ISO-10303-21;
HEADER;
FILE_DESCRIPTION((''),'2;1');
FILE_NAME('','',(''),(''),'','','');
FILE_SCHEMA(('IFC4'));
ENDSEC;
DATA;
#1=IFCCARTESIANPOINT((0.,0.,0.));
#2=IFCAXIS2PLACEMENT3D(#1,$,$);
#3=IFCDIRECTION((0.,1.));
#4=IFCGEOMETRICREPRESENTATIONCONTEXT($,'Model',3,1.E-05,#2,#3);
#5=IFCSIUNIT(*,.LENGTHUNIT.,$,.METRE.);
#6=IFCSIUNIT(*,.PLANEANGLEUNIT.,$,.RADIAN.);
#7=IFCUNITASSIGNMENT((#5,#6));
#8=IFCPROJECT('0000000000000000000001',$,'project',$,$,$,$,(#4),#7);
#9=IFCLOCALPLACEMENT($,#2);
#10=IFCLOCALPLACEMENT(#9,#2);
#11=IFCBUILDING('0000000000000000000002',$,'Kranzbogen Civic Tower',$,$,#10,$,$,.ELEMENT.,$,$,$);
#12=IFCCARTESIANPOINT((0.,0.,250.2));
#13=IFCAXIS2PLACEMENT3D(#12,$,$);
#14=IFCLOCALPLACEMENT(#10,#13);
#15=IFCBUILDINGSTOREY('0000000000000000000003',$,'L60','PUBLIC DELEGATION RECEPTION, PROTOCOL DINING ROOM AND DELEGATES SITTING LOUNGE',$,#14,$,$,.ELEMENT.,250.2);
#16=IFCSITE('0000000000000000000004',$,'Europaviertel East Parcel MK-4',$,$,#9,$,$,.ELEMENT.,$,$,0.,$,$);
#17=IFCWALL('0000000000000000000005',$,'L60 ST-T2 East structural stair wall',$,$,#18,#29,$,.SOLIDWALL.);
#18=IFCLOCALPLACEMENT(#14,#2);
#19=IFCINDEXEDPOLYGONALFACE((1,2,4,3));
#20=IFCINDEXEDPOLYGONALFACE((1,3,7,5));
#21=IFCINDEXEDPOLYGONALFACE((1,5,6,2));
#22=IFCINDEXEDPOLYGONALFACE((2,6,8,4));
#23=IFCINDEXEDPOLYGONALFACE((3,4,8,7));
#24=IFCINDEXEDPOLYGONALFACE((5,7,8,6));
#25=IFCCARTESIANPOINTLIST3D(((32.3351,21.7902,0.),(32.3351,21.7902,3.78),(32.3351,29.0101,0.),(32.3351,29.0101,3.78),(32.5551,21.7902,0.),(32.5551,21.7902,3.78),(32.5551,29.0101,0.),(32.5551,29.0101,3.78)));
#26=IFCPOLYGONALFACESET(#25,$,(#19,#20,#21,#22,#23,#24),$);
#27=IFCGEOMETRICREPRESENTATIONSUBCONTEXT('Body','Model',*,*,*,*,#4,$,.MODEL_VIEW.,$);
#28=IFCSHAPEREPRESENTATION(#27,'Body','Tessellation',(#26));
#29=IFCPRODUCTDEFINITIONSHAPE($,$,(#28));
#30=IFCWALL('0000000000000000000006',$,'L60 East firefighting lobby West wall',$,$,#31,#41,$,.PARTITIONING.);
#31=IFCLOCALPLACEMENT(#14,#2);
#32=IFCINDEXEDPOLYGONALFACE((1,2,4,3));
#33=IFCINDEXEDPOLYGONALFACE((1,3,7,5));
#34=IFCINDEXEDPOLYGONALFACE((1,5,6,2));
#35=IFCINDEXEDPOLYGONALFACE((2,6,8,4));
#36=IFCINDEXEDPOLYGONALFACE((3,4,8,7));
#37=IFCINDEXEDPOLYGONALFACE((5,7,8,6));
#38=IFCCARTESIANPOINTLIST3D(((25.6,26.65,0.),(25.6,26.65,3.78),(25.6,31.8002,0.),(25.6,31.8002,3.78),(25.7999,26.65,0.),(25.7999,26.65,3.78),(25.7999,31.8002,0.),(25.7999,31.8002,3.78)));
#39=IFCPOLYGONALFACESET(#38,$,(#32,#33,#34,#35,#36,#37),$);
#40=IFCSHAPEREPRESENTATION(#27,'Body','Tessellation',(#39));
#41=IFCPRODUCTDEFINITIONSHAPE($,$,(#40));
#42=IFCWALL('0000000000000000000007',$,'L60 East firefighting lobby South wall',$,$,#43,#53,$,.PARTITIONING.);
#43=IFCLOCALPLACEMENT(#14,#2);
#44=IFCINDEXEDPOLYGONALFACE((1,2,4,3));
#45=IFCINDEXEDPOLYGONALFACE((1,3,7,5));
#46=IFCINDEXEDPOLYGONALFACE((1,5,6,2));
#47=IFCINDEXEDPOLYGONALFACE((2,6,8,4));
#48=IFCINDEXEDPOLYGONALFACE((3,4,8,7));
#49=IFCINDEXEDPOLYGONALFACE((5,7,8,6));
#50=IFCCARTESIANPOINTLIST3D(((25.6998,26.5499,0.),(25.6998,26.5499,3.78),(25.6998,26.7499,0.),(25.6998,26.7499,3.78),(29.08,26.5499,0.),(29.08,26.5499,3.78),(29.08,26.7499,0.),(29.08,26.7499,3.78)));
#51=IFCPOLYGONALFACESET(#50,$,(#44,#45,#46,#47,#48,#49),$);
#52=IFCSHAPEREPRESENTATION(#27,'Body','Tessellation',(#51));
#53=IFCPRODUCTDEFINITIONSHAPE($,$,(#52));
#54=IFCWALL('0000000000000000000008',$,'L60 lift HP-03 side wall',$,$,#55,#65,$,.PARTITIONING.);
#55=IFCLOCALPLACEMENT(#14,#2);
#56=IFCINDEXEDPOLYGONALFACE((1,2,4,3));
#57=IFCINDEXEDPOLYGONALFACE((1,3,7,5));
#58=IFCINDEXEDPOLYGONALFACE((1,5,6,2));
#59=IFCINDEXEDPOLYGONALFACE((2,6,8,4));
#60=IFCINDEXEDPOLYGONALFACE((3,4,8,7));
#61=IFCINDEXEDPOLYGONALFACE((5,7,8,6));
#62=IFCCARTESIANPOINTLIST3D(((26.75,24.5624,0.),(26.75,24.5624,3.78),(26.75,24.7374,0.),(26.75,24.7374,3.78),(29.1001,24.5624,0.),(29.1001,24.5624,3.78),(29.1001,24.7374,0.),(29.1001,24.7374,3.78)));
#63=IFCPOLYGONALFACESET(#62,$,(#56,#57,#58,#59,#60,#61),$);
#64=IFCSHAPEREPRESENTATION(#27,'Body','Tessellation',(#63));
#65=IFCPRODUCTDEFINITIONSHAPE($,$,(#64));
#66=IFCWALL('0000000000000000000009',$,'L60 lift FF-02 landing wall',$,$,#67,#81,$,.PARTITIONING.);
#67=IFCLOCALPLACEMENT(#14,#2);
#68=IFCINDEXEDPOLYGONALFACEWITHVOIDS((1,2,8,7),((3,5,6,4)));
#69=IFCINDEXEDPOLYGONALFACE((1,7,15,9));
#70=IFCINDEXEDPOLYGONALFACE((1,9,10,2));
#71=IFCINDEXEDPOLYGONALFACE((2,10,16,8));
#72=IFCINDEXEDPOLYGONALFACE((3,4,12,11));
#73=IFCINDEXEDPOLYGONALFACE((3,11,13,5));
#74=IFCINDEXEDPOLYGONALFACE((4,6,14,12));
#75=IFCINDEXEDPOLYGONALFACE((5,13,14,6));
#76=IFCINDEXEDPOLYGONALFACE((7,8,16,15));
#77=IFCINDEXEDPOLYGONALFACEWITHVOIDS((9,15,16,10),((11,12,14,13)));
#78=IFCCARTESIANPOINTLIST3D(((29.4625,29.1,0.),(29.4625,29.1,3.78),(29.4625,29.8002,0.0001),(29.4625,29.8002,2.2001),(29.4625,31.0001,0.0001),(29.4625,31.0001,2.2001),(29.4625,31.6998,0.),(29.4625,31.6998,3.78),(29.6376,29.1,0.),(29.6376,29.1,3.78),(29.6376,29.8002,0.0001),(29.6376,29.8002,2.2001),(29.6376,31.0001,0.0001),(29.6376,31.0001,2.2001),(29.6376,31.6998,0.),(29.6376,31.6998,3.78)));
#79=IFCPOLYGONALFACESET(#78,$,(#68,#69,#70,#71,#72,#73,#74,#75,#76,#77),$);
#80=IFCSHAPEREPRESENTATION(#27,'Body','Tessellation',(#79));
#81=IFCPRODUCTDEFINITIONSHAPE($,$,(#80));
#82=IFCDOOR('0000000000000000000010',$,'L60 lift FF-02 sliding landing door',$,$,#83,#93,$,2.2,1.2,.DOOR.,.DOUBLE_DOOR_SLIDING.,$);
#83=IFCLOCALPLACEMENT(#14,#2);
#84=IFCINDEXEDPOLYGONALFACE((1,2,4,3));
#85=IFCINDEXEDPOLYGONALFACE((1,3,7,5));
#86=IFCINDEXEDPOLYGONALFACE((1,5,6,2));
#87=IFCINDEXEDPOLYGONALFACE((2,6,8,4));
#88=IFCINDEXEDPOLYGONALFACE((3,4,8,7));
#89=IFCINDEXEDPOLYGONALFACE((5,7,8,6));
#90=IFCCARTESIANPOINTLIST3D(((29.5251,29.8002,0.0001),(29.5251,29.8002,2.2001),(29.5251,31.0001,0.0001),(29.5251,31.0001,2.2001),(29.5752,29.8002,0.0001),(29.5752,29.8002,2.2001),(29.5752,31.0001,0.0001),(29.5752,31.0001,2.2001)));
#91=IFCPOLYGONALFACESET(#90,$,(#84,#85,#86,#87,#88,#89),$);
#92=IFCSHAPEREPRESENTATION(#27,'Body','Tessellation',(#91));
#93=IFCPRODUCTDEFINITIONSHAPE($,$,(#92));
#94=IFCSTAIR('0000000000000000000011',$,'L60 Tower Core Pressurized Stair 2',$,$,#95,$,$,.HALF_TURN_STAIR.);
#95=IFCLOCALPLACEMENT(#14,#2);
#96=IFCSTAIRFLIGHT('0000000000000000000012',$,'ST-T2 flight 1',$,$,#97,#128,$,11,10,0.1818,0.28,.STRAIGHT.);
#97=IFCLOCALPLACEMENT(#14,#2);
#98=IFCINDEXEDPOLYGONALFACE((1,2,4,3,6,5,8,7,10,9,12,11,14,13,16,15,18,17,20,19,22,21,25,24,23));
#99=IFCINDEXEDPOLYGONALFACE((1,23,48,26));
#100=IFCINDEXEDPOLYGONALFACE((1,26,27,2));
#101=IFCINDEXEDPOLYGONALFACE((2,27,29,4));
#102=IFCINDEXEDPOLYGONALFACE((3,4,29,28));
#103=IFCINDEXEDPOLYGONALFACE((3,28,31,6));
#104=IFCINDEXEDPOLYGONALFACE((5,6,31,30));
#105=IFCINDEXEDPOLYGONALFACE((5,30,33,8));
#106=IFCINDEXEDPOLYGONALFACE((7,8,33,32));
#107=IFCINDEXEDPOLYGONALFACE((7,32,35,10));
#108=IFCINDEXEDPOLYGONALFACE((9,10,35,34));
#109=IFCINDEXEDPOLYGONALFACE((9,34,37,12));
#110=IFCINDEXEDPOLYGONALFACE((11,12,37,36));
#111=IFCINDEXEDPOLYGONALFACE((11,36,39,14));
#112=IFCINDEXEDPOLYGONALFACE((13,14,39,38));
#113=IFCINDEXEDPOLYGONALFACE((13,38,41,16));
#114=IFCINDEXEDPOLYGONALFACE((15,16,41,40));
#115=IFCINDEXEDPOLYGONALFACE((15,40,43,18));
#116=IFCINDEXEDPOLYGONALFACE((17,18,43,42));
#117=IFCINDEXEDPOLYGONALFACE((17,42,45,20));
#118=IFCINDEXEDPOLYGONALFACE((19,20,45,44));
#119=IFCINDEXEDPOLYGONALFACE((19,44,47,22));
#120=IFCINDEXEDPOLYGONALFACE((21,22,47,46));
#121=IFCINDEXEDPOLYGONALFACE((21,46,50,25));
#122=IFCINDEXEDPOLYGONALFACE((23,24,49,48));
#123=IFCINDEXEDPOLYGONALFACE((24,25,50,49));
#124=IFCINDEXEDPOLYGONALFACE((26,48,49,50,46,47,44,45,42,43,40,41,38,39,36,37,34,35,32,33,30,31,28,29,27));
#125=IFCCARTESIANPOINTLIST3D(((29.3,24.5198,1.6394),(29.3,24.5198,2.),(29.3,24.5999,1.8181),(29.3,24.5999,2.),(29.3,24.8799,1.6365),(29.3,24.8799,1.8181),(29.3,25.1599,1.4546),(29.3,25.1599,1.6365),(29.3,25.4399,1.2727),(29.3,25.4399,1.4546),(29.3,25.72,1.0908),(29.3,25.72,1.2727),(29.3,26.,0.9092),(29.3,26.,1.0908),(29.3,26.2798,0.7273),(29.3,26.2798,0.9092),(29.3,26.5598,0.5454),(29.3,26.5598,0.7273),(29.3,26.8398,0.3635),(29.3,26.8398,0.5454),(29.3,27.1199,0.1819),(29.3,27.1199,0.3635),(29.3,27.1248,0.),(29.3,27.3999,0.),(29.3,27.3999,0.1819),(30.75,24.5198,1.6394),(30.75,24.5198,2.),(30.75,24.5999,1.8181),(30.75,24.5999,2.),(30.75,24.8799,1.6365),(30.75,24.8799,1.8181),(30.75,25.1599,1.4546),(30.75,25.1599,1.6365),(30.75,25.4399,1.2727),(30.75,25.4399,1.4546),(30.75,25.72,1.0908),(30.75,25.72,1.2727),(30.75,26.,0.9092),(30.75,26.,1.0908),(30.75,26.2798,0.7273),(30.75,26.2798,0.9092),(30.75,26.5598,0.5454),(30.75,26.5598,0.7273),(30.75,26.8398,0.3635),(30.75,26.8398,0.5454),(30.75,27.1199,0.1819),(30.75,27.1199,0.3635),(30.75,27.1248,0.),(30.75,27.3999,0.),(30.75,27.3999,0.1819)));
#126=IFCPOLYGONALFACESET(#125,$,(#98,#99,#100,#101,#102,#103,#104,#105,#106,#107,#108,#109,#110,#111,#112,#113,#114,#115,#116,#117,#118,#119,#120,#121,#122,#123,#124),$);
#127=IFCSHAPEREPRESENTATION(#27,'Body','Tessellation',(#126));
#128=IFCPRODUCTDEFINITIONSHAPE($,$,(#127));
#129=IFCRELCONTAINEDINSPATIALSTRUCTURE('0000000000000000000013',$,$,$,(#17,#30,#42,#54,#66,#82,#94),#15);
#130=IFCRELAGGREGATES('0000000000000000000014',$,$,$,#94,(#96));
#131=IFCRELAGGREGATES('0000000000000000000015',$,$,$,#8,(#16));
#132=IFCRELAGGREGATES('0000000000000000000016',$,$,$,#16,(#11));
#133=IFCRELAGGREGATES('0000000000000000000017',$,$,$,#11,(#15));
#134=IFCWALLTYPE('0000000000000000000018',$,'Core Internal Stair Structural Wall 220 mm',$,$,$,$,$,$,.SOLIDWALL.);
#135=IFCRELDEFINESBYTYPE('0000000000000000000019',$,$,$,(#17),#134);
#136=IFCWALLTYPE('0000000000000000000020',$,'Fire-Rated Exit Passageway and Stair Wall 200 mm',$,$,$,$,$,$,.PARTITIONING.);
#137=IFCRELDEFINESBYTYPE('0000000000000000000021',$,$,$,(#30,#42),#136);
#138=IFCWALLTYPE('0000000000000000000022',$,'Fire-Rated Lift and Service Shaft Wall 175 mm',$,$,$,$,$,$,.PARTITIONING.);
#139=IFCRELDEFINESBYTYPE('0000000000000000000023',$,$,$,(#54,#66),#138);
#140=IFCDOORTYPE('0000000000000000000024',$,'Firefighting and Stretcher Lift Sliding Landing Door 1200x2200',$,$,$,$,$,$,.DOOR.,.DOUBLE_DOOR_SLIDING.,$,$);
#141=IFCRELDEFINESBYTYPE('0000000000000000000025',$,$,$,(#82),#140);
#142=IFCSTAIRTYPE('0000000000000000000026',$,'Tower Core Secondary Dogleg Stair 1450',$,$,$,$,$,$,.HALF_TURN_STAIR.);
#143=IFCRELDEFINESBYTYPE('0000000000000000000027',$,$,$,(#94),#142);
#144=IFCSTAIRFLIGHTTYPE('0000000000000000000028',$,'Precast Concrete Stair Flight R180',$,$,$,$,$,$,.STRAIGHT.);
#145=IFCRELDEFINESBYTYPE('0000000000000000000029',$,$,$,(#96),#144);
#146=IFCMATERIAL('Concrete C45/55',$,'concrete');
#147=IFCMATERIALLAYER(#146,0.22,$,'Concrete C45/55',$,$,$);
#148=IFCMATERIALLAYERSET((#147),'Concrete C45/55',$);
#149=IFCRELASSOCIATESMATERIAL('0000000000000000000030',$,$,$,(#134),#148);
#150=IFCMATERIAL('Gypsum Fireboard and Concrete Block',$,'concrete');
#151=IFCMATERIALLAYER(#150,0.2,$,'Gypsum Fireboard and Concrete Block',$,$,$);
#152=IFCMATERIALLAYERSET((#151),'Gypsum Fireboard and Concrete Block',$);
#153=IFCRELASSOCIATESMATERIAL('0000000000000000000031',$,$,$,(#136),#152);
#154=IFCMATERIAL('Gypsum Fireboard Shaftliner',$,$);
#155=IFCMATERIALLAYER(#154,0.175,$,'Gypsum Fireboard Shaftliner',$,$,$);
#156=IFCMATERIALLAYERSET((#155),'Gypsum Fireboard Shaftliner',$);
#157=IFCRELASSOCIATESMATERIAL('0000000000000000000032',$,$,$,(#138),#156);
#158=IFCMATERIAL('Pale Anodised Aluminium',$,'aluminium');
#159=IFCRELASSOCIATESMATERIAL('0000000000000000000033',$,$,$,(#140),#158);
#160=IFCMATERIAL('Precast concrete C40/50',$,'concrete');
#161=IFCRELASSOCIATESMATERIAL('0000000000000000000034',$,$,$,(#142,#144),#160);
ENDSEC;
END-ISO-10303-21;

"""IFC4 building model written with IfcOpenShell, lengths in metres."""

from ifc_helpers import new_model, si_unit, direction, frame, frame_2d, origin, place, context, subcontext, project, spatial, polyline, rectangle, outline, extrude, material, layer, layer_set, type_object, element, fill, aggregate, save


model = new_model("IFC4")

# Units and contexts
model_context = context("Model", 3, precision=1e-05, world=origin(), true_north=direction((0.0, 1.0)))
body_context = subcontext(model_context, "Body", "Model", "MODEL_VIEW")
ifc_project = project(units=[si_unit("LENGTHUNIT", "METRE"), si_unit("PLANEANGLEUNIT", "RADIAN")], contexts=[model_context])

# Site, building, storey
site_placement = place(None, origin())
site = spatial("IfcSite", under=ifc_project, at=site_placement, Name="Europaviertel East Parcel MK-4", CompositionType="ELEMENT", RefElevation=0.0)
building_placement = place(site_placement, origin())
building = spatial("IfcBuilding", under=site, at=building_placement, Name="Kranzbogen Civic Tower", CompositionType="ELEMENT")
storey_placement = place(building_placement, frame((0.0, 0.0, 250.2)))
storey = spatial("IfcBuildingStorey", under=building, at=storey_placement, Name="L60", Description="PUBLIC DELEGATION RECEPTION, PROTOCOL DINING ROOM AND DELEGATES SITTING LOUNGE", CompositionType="ELEMENT", Elevation=250.2)

# Shared definitions
ifc_material_1 = material(Name="Concrete C45/55", Category="concrete")

# Walls
ifc_layer_1 = layer(ifc_material_1, 0.22, Name="Concrete C45/55")
ifc_layer_set_1 = layer_set([ifc_layer_1], Name="Concrete C45/55")
wall_type_1 = type_object("IfcWallType", Name="Core Internal Stair Structural Wall 220 mm", PredefinedType="SOLIDWALL", material=ifc_layer_set_1)
wall_1_placement = place(storey_placement, frame((32.4451, 29.01, 0.0), z_axis=(0.0, 0.0, 1.0), x_axis=(0.0, -1.0, 0.0)))
element("IfcWall", 1, at=wall_1_placement, inside=storey, type_object=wall_type_1, Name="L60 ST-T2 East structural stair wall", PredefinedType="SOLIDWALL", context=body_context, shape_type="SweptSolid", body=[
    extrude(rectangle(XDim=7.22, YDim=0.22, at=frame_2d((3.6099, 0.0))), origin(), (0.0, 0.0, 1.0), 3.78),
])
ifc_material_2 = material(Name="Gypsum Fireboard and Concrete Block", Category="concrete")
ifc_layer_2 = layer(ifc_material_2, 0.2, Name="Gypsum Fireboard and Concrete Block")
ifc_layer_set_2 = layer_set([ifc_layer_2], Name="Gypsum Fireboard and Concrete Block")
wall_type_2 = type_object("IfcWallType", Name="Fire-Rated Exit Passageway and Stair Wall 200 mm", PredefinedType="PARTITIONING", material=ifc_layer_set_2)
wall_2_placement = place(storey_placement, frame((25.7, 26.6499, 0.0), z_axis=(0.0, 0.0, 1.0), x_axis=(0.0, 1.0, 0.0)))
element("IfcWall", 2, at=wall_2_placement, inside=storey, type_object=wall_type_2, Name="L60 East firefighting lobby West wall", PredefinedType="PARTITIONING", context=body_context, shape_type="SweptSolid", body=[
    extrude(rectangle(XDim=5.1501, YDim=0.2, at=frame_2d((2.5752, 0.0))), origin(), (0.0, 0.0, 1.0), 3.78),
])
wall_3_placement = place(storey_placement, frame((25.7, 26.6499, 0.0), z_axis=(0.0, 0.0, 1.0), x_axis=(1.0, 0.0, 0.0)))
element("IfcWall", 3, at=wall_3_placement, inside=storey, type_object=wall_type_2, Name="L60 East firefighting lobby South wall", PredefinedType="PARTITIONING", context=body_context, shape_type="SweptSolid", body=[
    extrude(rectangle(XDim=3.3801, YDim=0.2, at=frame_2d((1.6899, 0.0))), origin(), (0.0, 0.0, 1.0), 3.78),
])
ifc_material_3 = material(Name="Gypsum Fireboard Shaftliner")
ifc_layer_3 = layer(ifc_material_3, 0.175, Name="Gypsum Fireboard Shaftliner")
ifc_layer_set_3 = layer_set([ifc_layer_3], Name="Gypsum Fireboard Shaftliner")
wall_type_3 = type_object("IfcWallType", Name="Fire-Rated Lift and Service Shaft Wall 175 mm", PredefinedType="PARTITIONING", material=ifc_layer_set_3)
wall_4_placement = place(storey_placement, frame((26.75, 24.6499, 0.0), z_axis=(0.0, 0.0, 1.0), x_axis=(1.0, 0.0, 0.0)))
element("IfcWall", 4, at=wall_4_placement, inside=storey, type_object=wall_type_3, Name="L60 lift HP-03 side wall", PredefinedType="PARTITIONING", context=body_context, shape_type="SweptSolid", body=[
    extrude(rectangle(XDim=2.3501, YDim=0.175, at=frame_2d((1.175, 0.0))), origin(), (0.0, 0.0, 1.0), 3.78),
])

# Wall, opening, door
wall_5_placement = place(storey_placement, frame((29.55, 29.1001, 0.0), z_axis=(0.0, 0.0, 1.0), x_axis=(0.0, 1.0, 0.0)))
wall_5 = element("IfcWall", 5, at=wall_5_placement, inside=storey, type_object=wall_type_3, Name="L60 lift FF-02 landing wall", PredefinedType="PARTITIONING", context=body_context, shape_type="SweptSolid", body=[
    extrude(rectangle(XDim=2.5999, YDim=0.175, at=frame_2d((1.2998, 0.0))), origin(), (0.0, 0.0, 1.0), 3.78),
])
opening_1_placement = place(wall_5_placement, frame((0.7, 0.0, 0.0)))
opening_1 = element("IfcOpeningElement", 6, at=opening_1_placement, cuts=wall_5, PredefinedType="OPENING", context=body_context, shape_type="SweptSolid", body=[
    extrude(rectangle(XDim=1.2, YDim=2.2, at=frame_2d((0.6001, 1.1001))), frame((0.0, 0.0977, 0.0), z_axis=(0.0, -1.0, 0.0), x_axis=(1.0, 0.0, 0.0)), (0.0, 0.0, 1.0), 0.1951),
])
ifc_material_4 = material(Name="Pale Anodised Aluminium", Category="aluminium")
door_type_1 = type_object("IfcDoorType", Name="Firefighting and Stretcher Lift Sliding Landing Door 1200x2200", OperationType="DOUBLE_DOOR_SLIDING", PredefinedType="DOOR", material=ifc_material_4)
door_1_placement = place(opening_1_placement, origin())
door_1 = element("IfcDoor", 7, at=door_1_placement, inside=storey, type_object=door_type_1, Name="L60 lift FF-02 sliding landing door", OperationType="DOUBLE_DOOR_SLIDING", OverallHeight=2.2, OverallWidth=1.2, PredefinedType="DOOR", context=body_context, shape_type="SweptSolid", body=[
    extrude(rectangle(XDim=1.2, YDim=2.2, at=frame_2d((0.6001, 1.1001))), frame((0.0, 0.0249, 0.0), z_axis=(0.0, -1.0, 0.0), x_axis=(1.0, 0.0, 0.0)), (0.0, 0.0, 1.0), 0.05),
])
fill(opening_1, door_1)

# Stair, stair flight
ifc_material_5 = material(Name="Precast concrete C40/50", Category="concrete")
stair_type = type_object("IfcStairType", Name="Tower Core Secondary Dogleg Stair 1450", PredefinedType="HALF_TURN_STAIR", material=ifc_material_5)
stair_placement = place(storey_placement, origin())
stair = element("IfcStair", 8, at=stair_placement, inside=storey, type_object=stair_type, Name="L60 Tower Core Pressurized Stair 2", PredefinedType="HALF_TURN_STAIR")
stair_flight_type = type_object("IfcStairFlightType", Name="Precast Concrete Stair Flight R180", PredefinedType="STRAIGHT", material=ifc_material_5)
stair_flight_placement = place(storey_placement, frame((30.0249, 27.3999, 0.0), z_axis=(0.0, 0.0, 1.0), x_axis=(0.0, -1.0, 0.0)))
stair_flight = element("IfcStairFlight", 9, at=stair_flight_placement, type_object=stair_flight_type, Name="ST-T2 flight 1", NumberOfRisers=11, NumberOfTreads=10, PredefinedType="STRAIGHT", RiserHeight=0.1818, TreadLength=0.28, context=body_context, shape_type="SweptSolid", body=[
    extrude(outline(polyline([(0.0, 0.0), (0.0, 0.1819), (0.28, 0.1819), (0.28, 0.3635), (0.5601, 0.3635), (0.5601, 0.5454), (0.8401, 0.5454), (0.8401, 0.7273), (1.1201, 0.7273), (1.1201, 0.9092), (1.3999, 0.9092), (1.3999, 1.0908), (1.6799, 1.0908), (1.6799, 1.2727), (1.96, 1.2727), (1.96, 1.4546), (2.24, 1.4546), (2.24, 1.6365), (2.52, 1.6365), (2.52, 1.8181), (2.8, 1.8181), (2.8, 2.0), (2.8801, 2.0), (2.8801, 1.6394), (0.2751, 0.0), (0.0, 0.0)])), frame((0.0, 0.7251, 0.0), z_axis=(0.0, -1.0, 0.0), x_axis=(1.0, 0.0, 0.0)), (0.0, 0.0, 1.0), 1.45),
])
aggregate(stair, [stair_flight])

save(model, "model.ifc")
